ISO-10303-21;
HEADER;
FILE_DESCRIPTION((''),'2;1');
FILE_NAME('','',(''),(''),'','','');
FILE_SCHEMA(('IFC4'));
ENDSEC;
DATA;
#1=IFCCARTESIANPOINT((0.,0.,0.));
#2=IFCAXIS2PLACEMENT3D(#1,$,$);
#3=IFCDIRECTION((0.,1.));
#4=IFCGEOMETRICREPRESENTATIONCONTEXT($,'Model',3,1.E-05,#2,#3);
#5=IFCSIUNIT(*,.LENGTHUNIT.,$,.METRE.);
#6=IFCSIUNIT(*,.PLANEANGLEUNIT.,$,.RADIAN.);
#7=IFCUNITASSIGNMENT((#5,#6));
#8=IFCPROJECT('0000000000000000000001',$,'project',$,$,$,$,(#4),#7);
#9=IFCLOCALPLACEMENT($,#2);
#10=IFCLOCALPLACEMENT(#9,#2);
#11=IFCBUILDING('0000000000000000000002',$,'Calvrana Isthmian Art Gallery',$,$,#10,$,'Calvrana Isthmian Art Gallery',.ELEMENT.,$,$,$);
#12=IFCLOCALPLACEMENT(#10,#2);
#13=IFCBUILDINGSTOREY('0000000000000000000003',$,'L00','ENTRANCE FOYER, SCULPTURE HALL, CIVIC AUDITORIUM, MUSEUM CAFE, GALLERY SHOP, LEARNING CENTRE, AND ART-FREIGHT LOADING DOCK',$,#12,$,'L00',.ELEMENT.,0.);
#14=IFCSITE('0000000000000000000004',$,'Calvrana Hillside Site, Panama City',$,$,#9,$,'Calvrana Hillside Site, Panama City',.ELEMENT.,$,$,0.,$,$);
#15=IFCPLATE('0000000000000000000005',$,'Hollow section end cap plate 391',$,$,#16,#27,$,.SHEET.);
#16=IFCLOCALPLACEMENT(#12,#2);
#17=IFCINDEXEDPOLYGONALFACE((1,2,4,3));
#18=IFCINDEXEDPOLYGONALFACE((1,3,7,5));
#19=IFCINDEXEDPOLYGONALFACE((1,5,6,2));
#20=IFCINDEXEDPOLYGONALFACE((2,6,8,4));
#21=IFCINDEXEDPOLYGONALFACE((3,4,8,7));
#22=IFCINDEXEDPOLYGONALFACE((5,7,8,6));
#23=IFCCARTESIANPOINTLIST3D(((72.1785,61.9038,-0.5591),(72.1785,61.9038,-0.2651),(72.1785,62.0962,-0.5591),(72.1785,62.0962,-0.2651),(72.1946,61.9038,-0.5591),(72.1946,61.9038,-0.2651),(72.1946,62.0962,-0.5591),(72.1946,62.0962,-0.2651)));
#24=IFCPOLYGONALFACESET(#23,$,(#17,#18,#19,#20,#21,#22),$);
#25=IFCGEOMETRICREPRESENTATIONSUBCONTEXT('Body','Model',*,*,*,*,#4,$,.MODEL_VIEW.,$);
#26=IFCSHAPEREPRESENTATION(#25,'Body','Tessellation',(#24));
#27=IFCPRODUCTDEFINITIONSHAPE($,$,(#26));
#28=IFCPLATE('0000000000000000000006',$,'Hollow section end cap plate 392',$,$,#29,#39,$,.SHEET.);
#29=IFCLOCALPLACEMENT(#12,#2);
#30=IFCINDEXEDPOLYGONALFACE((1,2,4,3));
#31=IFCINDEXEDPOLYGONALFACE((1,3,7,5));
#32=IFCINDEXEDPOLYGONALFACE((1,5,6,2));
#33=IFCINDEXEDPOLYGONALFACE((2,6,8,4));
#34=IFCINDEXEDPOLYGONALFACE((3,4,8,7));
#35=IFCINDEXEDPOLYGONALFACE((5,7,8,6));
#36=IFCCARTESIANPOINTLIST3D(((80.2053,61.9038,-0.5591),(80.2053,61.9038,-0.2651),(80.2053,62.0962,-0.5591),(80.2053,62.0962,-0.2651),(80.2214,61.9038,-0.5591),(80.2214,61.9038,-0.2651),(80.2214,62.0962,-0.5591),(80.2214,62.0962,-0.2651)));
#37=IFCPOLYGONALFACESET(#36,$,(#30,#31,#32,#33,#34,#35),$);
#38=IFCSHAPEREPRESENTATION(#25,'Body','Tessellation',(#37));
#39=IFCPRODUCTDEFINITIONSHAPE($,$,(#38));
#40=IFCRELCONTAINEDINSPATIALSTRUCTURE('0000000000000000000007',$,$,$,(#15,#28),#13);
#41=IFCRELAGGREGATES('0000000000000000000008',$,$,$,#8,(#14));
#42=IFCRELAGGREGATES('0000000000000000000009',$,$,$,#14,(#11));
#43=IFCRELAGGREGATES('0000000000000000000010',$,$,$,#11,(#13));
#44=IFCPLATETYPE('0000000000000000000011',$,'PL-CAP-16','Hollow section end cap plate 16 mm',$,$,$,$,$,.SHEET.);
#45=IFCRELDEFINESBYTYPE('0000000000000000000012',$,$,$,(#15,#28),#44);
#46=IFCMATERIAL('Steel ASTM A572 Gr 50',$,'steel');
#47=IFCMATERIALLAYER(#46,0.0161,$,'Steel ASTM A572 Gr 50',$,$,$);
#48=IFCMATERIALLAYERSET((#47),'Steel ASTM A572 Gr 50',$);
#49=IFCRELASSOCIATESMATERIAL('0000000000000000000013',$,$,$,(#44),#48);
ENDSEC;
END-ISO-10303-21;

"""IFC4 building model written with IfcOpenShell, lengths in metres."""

from ifc_helpers import new_model, si_unit, direction, frame, origin, origin_2d, place, context, subcontext, project, spatial, rectangle, extrude, material, layer, layer_set, type_object, element, save


model = new_model("IFC4")

# Units and contexts
model_context = context("Model", 3, precision=1e-05, world=origin(), true_north=direction((0.0, 1.0)))
body_context = subcontext(model_context, "Body", "Model", "MODEL_VIEW")
ifc_project = project(units=[si_unit("LENGTHUNIT", "METRE"), si_unit("PLANEANGLEUNIT", "RADIAN")], contexts=[model_context])

# Site, building, storey
site_placement = place(None, origin())
site = spatial("IfcSite", under=ifc_project, at=site_placement, Name="Calvrana Hillside Site, Panama City", LongName="Calvrana Hillside Site, Panama City", CompositionType="ELEMENT", RefElevation=0.0)
building_placement = place(site_placement, origin())
building = spatial("IfcBuilding", under=site, at=building_placement, Name="Calvrana Isthmian Art Gallery", LongName="Calvrana Isthmian Art Gallery", CompositionType="ELEMENT")
storey_placement = place(building_placement, origin())
storey = spatial("IfcBuildingStorey", under=building, at=storey_placement, Name="L00", Description="ENTRANCE FOYER, SCULPTURE HALL, CIVIC AUDITORIUM, MUSEUM CAFE, GALLERY SHOP, LEARNING CENTRE, AND ART-FREIGHT LOADING DOCK", LongName="L00", CompositionType="ELEMENT", Elevation=0.0)

# Plates
ifc_material_1 = material(Name="Steel ASTM A572 Gr 50", Category="steel")
ifc_layer_1 = layer(ifc_material_1, 0.0161, Name="Steel ASTM A572 Gr 50")
ifc_layer_set_1 = layer_set([ifc_layer_1], Name="Steel ASTM A572 Gr 50")
plate_type_1 = type_object("IfcPlateType", Name="PL-CAP-16", Description="Hollow section end cap plate 16 mm", PredefinedType="SHEET", material=ifc_layer_set_1)
for number, where, z_axis, x_axis, name in (
    (1, (72.1865, 62.0, -0.5591), (0.0, 0.0, 1.0), (1.0, 0.0, 0.0), "Hollow section end cap plate 391"),
    (2, (80.2134, 62.0, -0.5591), (0.0, 0.0, 1.0), (1.0, 0.0, 0.0), "Hollow section end cap plate 392"),
):
    element("IfcPlate", number, at=place(storey_placement, frame(where, z_axis=z_axis, x_axis=x_axis)), inside=storey, type_object=plate_type_1, Name=name, PredefinedType="SHEET", context=body_context, shape_type="SweptSolid", body=[
        extrude(rectangle(XDim=0.0161, YDim=0.1924, at=origin_2d()), origin(), (0.0, 0.0, 1.0), 0.2939),
    ])

save(model, "model.ifc")
